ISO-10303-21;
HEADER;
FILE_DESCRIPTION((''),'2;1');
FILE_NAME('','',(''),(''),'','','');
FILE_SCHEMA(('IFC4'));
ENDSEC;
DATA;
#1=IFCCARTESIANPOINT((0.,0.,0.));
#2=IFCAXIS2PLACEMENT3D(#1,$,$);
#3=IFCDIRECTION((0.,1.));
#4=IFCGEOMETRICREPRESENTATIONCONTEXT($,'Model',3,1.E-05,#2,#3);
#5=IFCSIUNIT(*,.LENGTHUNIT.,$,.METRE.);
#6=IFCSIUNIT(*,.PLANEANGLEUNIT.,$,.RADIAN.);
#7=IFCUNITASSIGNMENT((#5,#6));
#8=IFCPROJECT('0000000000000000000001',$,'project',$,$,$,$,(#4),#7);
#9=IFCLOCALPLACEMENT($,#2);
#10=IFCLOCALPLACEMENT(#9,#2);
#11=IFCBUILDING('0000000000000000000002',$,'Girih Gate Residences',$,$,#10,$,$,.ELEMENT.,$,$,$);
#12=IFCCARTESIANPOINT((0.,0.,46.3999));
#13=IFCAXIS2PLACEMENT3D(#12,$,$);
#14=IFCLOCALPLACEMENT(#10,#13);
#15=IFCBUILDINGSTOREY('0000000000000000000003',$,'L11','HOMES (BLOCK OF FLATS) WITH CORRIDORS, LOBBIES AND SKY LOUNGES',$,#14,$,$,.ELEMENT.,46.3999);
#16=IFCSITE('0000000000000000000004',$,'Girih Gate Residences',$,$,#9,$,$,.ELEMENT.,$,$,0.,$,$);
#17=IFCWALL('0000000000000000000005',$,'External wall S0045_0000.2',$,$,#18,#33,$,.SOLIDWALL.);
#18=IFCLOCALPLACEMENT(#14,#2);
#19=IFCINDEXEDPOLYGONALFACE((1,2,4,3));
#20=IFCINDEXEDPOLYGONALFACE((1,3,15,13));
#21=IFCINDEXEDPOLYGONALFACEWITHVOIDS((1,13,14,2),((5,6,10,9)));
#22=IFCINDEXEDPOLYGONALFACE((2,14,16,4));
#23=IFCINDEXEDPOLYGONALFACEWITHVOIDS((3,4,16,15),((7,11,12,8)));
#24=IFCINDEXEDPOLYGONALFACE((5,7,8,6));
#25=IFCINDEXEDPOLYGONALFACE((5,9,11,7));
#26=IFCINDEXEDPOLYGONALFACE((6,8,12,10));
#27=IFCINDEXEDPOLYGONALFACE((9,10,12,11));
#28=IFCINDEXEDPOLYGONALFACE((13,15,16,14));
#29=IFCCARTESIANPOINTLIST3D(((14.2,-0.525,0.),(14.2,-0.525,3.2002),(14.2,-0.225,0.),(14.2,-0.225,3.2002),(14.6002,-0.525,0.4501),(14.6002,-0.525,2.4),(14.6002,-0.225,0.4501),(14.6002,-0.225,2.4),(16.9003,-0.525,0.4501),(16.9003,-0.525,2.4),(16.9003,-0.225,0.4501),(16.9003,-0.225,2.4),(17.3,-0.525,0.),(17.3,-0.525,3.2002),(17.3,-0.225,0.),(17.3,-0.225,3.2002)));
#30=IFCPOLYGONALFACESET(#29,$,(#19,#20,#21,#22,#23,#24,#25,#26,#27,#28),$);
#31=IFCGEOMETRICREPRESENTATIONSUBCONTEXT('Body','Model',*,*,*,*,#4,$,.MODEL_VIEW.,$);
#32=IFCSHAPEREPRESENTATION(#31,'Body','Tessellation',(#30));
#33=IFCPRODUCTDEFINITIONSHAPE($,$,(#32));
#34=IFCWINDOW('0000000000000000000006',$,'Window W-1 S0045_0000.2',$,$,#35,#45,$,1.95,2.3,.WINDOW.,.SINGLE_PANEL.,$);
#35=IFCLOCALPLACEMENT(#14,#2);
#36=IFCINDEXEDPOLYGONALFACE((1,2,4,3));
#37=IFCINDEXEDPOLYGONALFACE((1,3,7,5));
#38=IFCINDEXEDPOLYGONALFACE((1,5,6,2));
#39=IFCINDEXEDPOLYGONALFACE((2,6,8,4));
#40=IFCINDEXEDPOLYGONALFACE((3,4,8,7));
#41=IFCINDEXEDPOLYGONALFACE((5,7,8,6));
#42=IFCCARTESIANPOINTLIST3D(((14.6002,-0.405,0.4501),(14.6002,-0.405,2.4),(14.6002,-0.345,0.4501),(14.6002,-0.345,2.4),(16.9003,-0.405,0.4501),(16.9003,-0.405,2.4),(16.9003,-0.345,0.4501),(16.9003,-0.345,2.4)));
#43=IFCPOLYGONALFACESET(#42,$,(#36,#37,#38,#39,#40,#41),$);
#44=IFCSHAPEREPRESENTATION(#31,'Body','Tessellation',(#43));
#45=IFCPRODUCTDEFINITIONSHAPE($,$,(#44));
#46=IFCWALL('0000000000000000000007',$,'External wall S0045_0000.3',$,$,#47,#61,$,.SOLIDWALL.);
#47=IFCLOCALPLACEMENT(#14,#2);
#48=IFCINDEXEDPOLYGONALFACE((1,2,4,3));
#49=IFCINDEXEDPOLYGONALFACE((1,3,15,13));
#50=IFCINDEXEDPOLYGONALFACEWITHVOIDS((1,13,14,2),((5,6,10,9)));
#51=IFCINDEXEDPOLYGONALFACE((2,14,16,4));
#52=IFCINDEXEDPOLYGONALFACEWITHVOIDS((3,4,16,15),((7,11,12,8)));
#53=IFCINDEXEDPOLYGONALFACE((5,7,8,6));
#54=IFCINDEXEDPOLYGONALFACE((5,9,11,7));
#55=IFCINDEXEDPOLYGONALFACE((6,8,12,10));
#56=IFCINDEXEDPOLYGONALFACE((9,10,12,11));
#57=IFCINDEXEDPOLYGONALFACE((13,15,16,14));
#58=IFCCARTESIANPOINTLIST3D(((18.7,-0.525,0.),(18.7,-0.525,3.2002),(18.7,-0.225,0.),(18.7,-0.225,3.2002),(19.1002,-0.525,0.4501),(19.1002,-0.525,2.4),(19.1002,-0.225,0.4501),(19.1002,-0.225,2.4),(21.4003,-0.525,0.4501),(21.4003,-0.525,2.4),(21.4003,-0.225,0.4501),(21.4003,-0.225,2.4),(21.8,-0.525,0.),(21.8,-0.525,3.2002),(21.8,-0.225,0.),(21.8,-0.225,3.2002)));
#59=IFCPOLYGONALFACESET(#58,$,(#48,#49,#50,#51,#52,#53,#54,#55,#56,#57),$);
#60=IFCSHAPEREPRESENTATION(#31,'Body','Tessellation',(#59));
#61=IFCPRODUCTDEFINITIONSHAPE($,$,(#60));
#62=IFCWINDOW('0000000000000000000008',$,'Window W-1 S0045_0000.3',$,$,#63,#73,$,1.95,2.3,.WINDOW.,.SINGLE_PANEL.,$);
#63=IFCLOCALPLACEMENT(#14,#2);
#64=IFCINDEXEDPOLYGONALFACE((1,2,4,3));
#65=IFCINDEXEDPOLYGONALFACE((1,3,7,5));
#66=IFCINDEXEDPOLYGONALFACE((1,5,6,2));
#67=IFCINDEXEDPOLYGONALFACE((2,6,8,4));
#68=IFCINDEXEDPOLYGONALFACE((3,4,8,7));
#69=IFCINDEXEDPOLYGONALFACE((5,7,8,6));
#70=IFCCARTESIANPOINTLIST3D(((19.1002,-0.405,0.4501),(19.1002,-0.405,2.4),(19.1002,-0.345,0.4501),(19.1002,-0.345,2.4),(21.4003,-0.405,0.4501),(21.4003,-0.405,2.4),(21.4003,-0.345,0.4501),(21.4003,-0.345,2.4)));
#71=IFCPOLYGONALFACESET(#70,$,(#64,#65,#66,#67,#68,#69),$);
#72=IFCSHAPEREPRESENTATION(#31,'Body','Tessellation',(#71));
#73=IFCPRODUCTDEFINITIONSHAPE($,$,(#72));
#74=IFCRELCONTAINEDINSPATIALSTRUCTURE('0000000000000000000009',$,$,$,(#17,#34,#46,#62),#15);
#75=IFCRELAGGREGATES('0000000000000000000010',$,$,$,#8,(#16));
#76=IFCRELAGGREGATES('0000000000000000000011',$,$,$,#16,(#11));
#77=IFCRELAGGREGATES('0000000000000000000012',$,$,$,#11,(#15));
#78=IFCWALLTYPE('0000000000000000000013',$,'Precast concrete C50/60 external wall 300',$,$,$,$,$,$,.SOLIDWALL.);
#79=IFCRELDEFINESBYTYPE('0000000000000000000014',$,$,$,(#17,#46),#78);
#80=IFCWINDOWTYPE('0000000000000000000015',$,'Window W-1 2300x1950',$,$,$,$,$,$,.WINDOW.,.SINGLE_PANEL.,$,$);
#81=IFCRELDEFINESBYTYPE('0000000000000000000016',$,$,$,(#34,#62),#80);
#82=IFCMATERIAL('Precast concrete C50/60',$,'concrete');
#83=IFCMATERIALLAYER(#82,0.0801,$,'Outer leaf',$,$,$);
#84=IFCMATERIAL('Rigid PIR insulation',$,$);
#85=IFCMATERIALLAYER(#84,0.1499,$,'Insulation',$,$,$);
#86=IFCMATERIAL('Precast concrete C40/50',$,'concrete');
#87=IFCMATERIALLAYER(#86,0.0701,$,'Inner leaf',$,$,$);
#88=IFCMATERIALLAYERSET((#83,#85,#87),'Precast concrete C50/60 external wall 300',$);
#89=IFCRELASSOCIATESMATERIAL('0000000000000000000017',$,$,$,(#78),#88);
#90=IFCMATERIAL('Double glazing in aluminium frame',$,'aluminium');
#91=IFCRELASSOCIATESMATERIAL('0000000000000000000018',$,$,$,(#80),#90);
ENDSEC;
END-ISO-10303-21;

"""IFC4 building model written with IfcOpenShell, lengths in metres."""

from ifc_helpers import new_model, si_unit, direction, frame, frame_2d, origin, place, context, subcontext, project, spatial, rectangle, extrude, material, layer, layer_set, type_object, element, fill, save


model = new_model("IFC4")

# Units and contexts
model_context = context("Model", 3, precision=1e-05, world=origin(), true_north=direction((0.0, 1.0)))
body_context = subcontext(model_context, "Body", "Model", "MODEL_VIEW")
ifc_project = project(units=[si_unit("LENGTHUNIT", "METRE"), si_unit("PLANEANGLEUNIT", "RADIAN")], contexts=[model_context])

# Site, building, storey
site_placement = place(None, origin())
site = spatial("IfcSite", under=ifc_project, at=site_placement, Name="Girih Gate Residences", CompositionType="ELEMENT", RefElevation=0.0)
building_placement = place(site_placement, origin())
building = spatial("IfcBuilding", under=site, at=building_placement, Name="Girih Gate Residences", CompositionType="ELEMENT")
storey_placement = place(building_placement, frame((0.0, 0.0, 46.3999)))
storey = spatial("IfcBuildingStorey", under=building, at=storey_placement, Name="L11", Description="HOMES (BLOCK OF FLATS) WITH CORRIDORS, LOBBIES AND SKY LOUNGES", CompositionType="ELEMENT", Elevation=46.3999)

# Walls, openings, windows
ifc_material_1 = material(Name="Precast concrete C50/60", Category="concrete")
ifc_layer_1 = layer(ifc_material_1, 0.0801, Name="Outer leaf")
ifc_material_2 = material(Name="Rigid PIR insulation")
ifc_layer_2 = layer(ifc_material_2, 0.1499, Name="Insulation")
ifc_material_3 = material(Name="Precast concrete C40/50", Category="concrete")
ifc_layer_3 = layer(ifc_material_3, 0.0701, Name="Inner leaf")
ifc_layer_set_1 = layer_set([ifc_layer_1, ifc_layer_2, ifc_layer_3], Name="Precast concrete C50/60 external wall 300")
wall_type_1 = type_object("IfcWallType", Name="Precast concrete C50/60 external wall 300", PredefinedType="SOLIDWALL", material=ifc_layer_set_1)
ifc_material_4 = material(Name="Double glazing in aluminium frame", Category="aluminium")
window_type = type_object("IfcWindowType", Name="Window W-1 2300x1950", PartitioningType="SINGLE_PANEL", PredefinedType="WINDOW", material=ifc_material_4)
wall_1_placement = place(storey_placement, frame((17.3, -0.375, 0.0), z_axis=(0.0, 0.0, 1.0), x_axis=(-1.0, 0.0, 0.0)))
wall_1 = element("IfcWall", 1, at=wall_1_placement, inside=storey, type_object=wall_type_1, Name="External wall S0045_0000.2", PredefinedType="SOLIDWALL", context=body_context, shape_type="SweptSolid", body=[
    extrude(rectangle(XDim=3.1001, YDim=0.3, at=frame_2d((1.55, 0.0))), origin(), (0.0, 0.0, 1.0), 3.2002),
])
opening_1_placement = place(wall_1_placement, frame((0.3999, 0.0, 0.45)))
opening_1 = element("IfcOpeningElement", 2, at=opening_1_placement, cuts=wall_1, PredefinedType="OPENING", context=body_context, shape_type="SweptSolid", body=[
    extrude(rectangle(XDim=2.3, YDim=1.95, at=frame_2d((1.1499, 0.9751))), frame((0.0, 0.1599, 0.0), z_axis=(0.0, -1.0, 0.0), x_axis=(1.0, 0.0, 0.0)), (0.0, 0.0, 1.0), 0.3201),
])
window_1_placement = place(opening_1_placement, origin())
window_1 = element("IfcWindow", 3, at=window_1_placement, inside=storey, type_object=window_type, Name="Window W-1 S0045_0000.2", OverallHeight=1.95, OverallWidth=2.3, PartitioningType="SINGLE_PANEL", PredefinedType="WINDOW", context=body_context, shape_type="SweptSolid", body=[
    extrude(rectangle(XDim=2.3, YDim=1.95, at=frame_2d((1.1499, 0.9751))), frame((0.0, 0.03, 0.0), z_axis=(0.0, -1.0, 0.0), x_axis=(1.0, 0.0, 0.0)), (0.0, 0.0, 1.0), 0.0601),
])
fill(opening_1, window_1)
wall_2_placement = place(storey_placement, frame((21.8, -0.375, 0.0), z_axis=(0.0, 0.0, 1.0), x_axis=(-1.0, 0.0, 0.0)))
wall_2 = element("IfcWall", 4, at=wall_2_placement, inside=storey, type_object=wall_type_1, Name="External wall S0045_0000.3", PredefinedType="SOLIDWALL", context=body_context, shape_type="SweptSolid", body=[
    extrude(rectangle(XDim=3.1001, YDim=0.3, at=frame_2d((1.55, 0.0))), origin(), (0.0, 0.0, 1.0), 3.2002),
])
opening_2_placement = place(wall_2_placement, frame((0.3999, 0.0, 0.45)))
opening_2 = element("IfcOpeningElement", 5, at=opening_2_placement, cuts=wall_2, PredefinedType="OPENING", context=body_context, shape_type="SweptSolid", body=[
    extrude(rectangle(XDim=2.3, YDim=1.95, at=frame_2d((1.1499, 0.9751))), frame((0.0, 0.1599, 0.0), z_axis=(0.0, -1.0, 0.0), x_axis=(1.0, 0.0, 0.0)), (0.0, 0.0, 1.0), 0.3201),
])
window_2_placement = place(opening_2_placement, origin())
window_2 = element("IfcWindow", 6, at=window_2_placement, inside=storey, type_object=window_type, Name="Window W-1 S0045_0000.3", OverallHeight=1.95, OverallWidth=2.3, PartitioningType="SINGLE_PANEL", PredefinedType="WINDOW", context=body_context, shape_type="SweptSolid", body=[
    extrude(rectangle(XDim=2.3, YDim=1.95, at=frame_2d((1.1499, 0.9751))), frame((0.0, 0.03, 0.0), z_axis=(0.0, -1.0, 0.0), x_axis=(1.0, 0.0, 0.0)), (0.0, 0.0, 1.0), 0.0601),
])
fill(opening_2, window_2)

save(model, "model.ifc")
